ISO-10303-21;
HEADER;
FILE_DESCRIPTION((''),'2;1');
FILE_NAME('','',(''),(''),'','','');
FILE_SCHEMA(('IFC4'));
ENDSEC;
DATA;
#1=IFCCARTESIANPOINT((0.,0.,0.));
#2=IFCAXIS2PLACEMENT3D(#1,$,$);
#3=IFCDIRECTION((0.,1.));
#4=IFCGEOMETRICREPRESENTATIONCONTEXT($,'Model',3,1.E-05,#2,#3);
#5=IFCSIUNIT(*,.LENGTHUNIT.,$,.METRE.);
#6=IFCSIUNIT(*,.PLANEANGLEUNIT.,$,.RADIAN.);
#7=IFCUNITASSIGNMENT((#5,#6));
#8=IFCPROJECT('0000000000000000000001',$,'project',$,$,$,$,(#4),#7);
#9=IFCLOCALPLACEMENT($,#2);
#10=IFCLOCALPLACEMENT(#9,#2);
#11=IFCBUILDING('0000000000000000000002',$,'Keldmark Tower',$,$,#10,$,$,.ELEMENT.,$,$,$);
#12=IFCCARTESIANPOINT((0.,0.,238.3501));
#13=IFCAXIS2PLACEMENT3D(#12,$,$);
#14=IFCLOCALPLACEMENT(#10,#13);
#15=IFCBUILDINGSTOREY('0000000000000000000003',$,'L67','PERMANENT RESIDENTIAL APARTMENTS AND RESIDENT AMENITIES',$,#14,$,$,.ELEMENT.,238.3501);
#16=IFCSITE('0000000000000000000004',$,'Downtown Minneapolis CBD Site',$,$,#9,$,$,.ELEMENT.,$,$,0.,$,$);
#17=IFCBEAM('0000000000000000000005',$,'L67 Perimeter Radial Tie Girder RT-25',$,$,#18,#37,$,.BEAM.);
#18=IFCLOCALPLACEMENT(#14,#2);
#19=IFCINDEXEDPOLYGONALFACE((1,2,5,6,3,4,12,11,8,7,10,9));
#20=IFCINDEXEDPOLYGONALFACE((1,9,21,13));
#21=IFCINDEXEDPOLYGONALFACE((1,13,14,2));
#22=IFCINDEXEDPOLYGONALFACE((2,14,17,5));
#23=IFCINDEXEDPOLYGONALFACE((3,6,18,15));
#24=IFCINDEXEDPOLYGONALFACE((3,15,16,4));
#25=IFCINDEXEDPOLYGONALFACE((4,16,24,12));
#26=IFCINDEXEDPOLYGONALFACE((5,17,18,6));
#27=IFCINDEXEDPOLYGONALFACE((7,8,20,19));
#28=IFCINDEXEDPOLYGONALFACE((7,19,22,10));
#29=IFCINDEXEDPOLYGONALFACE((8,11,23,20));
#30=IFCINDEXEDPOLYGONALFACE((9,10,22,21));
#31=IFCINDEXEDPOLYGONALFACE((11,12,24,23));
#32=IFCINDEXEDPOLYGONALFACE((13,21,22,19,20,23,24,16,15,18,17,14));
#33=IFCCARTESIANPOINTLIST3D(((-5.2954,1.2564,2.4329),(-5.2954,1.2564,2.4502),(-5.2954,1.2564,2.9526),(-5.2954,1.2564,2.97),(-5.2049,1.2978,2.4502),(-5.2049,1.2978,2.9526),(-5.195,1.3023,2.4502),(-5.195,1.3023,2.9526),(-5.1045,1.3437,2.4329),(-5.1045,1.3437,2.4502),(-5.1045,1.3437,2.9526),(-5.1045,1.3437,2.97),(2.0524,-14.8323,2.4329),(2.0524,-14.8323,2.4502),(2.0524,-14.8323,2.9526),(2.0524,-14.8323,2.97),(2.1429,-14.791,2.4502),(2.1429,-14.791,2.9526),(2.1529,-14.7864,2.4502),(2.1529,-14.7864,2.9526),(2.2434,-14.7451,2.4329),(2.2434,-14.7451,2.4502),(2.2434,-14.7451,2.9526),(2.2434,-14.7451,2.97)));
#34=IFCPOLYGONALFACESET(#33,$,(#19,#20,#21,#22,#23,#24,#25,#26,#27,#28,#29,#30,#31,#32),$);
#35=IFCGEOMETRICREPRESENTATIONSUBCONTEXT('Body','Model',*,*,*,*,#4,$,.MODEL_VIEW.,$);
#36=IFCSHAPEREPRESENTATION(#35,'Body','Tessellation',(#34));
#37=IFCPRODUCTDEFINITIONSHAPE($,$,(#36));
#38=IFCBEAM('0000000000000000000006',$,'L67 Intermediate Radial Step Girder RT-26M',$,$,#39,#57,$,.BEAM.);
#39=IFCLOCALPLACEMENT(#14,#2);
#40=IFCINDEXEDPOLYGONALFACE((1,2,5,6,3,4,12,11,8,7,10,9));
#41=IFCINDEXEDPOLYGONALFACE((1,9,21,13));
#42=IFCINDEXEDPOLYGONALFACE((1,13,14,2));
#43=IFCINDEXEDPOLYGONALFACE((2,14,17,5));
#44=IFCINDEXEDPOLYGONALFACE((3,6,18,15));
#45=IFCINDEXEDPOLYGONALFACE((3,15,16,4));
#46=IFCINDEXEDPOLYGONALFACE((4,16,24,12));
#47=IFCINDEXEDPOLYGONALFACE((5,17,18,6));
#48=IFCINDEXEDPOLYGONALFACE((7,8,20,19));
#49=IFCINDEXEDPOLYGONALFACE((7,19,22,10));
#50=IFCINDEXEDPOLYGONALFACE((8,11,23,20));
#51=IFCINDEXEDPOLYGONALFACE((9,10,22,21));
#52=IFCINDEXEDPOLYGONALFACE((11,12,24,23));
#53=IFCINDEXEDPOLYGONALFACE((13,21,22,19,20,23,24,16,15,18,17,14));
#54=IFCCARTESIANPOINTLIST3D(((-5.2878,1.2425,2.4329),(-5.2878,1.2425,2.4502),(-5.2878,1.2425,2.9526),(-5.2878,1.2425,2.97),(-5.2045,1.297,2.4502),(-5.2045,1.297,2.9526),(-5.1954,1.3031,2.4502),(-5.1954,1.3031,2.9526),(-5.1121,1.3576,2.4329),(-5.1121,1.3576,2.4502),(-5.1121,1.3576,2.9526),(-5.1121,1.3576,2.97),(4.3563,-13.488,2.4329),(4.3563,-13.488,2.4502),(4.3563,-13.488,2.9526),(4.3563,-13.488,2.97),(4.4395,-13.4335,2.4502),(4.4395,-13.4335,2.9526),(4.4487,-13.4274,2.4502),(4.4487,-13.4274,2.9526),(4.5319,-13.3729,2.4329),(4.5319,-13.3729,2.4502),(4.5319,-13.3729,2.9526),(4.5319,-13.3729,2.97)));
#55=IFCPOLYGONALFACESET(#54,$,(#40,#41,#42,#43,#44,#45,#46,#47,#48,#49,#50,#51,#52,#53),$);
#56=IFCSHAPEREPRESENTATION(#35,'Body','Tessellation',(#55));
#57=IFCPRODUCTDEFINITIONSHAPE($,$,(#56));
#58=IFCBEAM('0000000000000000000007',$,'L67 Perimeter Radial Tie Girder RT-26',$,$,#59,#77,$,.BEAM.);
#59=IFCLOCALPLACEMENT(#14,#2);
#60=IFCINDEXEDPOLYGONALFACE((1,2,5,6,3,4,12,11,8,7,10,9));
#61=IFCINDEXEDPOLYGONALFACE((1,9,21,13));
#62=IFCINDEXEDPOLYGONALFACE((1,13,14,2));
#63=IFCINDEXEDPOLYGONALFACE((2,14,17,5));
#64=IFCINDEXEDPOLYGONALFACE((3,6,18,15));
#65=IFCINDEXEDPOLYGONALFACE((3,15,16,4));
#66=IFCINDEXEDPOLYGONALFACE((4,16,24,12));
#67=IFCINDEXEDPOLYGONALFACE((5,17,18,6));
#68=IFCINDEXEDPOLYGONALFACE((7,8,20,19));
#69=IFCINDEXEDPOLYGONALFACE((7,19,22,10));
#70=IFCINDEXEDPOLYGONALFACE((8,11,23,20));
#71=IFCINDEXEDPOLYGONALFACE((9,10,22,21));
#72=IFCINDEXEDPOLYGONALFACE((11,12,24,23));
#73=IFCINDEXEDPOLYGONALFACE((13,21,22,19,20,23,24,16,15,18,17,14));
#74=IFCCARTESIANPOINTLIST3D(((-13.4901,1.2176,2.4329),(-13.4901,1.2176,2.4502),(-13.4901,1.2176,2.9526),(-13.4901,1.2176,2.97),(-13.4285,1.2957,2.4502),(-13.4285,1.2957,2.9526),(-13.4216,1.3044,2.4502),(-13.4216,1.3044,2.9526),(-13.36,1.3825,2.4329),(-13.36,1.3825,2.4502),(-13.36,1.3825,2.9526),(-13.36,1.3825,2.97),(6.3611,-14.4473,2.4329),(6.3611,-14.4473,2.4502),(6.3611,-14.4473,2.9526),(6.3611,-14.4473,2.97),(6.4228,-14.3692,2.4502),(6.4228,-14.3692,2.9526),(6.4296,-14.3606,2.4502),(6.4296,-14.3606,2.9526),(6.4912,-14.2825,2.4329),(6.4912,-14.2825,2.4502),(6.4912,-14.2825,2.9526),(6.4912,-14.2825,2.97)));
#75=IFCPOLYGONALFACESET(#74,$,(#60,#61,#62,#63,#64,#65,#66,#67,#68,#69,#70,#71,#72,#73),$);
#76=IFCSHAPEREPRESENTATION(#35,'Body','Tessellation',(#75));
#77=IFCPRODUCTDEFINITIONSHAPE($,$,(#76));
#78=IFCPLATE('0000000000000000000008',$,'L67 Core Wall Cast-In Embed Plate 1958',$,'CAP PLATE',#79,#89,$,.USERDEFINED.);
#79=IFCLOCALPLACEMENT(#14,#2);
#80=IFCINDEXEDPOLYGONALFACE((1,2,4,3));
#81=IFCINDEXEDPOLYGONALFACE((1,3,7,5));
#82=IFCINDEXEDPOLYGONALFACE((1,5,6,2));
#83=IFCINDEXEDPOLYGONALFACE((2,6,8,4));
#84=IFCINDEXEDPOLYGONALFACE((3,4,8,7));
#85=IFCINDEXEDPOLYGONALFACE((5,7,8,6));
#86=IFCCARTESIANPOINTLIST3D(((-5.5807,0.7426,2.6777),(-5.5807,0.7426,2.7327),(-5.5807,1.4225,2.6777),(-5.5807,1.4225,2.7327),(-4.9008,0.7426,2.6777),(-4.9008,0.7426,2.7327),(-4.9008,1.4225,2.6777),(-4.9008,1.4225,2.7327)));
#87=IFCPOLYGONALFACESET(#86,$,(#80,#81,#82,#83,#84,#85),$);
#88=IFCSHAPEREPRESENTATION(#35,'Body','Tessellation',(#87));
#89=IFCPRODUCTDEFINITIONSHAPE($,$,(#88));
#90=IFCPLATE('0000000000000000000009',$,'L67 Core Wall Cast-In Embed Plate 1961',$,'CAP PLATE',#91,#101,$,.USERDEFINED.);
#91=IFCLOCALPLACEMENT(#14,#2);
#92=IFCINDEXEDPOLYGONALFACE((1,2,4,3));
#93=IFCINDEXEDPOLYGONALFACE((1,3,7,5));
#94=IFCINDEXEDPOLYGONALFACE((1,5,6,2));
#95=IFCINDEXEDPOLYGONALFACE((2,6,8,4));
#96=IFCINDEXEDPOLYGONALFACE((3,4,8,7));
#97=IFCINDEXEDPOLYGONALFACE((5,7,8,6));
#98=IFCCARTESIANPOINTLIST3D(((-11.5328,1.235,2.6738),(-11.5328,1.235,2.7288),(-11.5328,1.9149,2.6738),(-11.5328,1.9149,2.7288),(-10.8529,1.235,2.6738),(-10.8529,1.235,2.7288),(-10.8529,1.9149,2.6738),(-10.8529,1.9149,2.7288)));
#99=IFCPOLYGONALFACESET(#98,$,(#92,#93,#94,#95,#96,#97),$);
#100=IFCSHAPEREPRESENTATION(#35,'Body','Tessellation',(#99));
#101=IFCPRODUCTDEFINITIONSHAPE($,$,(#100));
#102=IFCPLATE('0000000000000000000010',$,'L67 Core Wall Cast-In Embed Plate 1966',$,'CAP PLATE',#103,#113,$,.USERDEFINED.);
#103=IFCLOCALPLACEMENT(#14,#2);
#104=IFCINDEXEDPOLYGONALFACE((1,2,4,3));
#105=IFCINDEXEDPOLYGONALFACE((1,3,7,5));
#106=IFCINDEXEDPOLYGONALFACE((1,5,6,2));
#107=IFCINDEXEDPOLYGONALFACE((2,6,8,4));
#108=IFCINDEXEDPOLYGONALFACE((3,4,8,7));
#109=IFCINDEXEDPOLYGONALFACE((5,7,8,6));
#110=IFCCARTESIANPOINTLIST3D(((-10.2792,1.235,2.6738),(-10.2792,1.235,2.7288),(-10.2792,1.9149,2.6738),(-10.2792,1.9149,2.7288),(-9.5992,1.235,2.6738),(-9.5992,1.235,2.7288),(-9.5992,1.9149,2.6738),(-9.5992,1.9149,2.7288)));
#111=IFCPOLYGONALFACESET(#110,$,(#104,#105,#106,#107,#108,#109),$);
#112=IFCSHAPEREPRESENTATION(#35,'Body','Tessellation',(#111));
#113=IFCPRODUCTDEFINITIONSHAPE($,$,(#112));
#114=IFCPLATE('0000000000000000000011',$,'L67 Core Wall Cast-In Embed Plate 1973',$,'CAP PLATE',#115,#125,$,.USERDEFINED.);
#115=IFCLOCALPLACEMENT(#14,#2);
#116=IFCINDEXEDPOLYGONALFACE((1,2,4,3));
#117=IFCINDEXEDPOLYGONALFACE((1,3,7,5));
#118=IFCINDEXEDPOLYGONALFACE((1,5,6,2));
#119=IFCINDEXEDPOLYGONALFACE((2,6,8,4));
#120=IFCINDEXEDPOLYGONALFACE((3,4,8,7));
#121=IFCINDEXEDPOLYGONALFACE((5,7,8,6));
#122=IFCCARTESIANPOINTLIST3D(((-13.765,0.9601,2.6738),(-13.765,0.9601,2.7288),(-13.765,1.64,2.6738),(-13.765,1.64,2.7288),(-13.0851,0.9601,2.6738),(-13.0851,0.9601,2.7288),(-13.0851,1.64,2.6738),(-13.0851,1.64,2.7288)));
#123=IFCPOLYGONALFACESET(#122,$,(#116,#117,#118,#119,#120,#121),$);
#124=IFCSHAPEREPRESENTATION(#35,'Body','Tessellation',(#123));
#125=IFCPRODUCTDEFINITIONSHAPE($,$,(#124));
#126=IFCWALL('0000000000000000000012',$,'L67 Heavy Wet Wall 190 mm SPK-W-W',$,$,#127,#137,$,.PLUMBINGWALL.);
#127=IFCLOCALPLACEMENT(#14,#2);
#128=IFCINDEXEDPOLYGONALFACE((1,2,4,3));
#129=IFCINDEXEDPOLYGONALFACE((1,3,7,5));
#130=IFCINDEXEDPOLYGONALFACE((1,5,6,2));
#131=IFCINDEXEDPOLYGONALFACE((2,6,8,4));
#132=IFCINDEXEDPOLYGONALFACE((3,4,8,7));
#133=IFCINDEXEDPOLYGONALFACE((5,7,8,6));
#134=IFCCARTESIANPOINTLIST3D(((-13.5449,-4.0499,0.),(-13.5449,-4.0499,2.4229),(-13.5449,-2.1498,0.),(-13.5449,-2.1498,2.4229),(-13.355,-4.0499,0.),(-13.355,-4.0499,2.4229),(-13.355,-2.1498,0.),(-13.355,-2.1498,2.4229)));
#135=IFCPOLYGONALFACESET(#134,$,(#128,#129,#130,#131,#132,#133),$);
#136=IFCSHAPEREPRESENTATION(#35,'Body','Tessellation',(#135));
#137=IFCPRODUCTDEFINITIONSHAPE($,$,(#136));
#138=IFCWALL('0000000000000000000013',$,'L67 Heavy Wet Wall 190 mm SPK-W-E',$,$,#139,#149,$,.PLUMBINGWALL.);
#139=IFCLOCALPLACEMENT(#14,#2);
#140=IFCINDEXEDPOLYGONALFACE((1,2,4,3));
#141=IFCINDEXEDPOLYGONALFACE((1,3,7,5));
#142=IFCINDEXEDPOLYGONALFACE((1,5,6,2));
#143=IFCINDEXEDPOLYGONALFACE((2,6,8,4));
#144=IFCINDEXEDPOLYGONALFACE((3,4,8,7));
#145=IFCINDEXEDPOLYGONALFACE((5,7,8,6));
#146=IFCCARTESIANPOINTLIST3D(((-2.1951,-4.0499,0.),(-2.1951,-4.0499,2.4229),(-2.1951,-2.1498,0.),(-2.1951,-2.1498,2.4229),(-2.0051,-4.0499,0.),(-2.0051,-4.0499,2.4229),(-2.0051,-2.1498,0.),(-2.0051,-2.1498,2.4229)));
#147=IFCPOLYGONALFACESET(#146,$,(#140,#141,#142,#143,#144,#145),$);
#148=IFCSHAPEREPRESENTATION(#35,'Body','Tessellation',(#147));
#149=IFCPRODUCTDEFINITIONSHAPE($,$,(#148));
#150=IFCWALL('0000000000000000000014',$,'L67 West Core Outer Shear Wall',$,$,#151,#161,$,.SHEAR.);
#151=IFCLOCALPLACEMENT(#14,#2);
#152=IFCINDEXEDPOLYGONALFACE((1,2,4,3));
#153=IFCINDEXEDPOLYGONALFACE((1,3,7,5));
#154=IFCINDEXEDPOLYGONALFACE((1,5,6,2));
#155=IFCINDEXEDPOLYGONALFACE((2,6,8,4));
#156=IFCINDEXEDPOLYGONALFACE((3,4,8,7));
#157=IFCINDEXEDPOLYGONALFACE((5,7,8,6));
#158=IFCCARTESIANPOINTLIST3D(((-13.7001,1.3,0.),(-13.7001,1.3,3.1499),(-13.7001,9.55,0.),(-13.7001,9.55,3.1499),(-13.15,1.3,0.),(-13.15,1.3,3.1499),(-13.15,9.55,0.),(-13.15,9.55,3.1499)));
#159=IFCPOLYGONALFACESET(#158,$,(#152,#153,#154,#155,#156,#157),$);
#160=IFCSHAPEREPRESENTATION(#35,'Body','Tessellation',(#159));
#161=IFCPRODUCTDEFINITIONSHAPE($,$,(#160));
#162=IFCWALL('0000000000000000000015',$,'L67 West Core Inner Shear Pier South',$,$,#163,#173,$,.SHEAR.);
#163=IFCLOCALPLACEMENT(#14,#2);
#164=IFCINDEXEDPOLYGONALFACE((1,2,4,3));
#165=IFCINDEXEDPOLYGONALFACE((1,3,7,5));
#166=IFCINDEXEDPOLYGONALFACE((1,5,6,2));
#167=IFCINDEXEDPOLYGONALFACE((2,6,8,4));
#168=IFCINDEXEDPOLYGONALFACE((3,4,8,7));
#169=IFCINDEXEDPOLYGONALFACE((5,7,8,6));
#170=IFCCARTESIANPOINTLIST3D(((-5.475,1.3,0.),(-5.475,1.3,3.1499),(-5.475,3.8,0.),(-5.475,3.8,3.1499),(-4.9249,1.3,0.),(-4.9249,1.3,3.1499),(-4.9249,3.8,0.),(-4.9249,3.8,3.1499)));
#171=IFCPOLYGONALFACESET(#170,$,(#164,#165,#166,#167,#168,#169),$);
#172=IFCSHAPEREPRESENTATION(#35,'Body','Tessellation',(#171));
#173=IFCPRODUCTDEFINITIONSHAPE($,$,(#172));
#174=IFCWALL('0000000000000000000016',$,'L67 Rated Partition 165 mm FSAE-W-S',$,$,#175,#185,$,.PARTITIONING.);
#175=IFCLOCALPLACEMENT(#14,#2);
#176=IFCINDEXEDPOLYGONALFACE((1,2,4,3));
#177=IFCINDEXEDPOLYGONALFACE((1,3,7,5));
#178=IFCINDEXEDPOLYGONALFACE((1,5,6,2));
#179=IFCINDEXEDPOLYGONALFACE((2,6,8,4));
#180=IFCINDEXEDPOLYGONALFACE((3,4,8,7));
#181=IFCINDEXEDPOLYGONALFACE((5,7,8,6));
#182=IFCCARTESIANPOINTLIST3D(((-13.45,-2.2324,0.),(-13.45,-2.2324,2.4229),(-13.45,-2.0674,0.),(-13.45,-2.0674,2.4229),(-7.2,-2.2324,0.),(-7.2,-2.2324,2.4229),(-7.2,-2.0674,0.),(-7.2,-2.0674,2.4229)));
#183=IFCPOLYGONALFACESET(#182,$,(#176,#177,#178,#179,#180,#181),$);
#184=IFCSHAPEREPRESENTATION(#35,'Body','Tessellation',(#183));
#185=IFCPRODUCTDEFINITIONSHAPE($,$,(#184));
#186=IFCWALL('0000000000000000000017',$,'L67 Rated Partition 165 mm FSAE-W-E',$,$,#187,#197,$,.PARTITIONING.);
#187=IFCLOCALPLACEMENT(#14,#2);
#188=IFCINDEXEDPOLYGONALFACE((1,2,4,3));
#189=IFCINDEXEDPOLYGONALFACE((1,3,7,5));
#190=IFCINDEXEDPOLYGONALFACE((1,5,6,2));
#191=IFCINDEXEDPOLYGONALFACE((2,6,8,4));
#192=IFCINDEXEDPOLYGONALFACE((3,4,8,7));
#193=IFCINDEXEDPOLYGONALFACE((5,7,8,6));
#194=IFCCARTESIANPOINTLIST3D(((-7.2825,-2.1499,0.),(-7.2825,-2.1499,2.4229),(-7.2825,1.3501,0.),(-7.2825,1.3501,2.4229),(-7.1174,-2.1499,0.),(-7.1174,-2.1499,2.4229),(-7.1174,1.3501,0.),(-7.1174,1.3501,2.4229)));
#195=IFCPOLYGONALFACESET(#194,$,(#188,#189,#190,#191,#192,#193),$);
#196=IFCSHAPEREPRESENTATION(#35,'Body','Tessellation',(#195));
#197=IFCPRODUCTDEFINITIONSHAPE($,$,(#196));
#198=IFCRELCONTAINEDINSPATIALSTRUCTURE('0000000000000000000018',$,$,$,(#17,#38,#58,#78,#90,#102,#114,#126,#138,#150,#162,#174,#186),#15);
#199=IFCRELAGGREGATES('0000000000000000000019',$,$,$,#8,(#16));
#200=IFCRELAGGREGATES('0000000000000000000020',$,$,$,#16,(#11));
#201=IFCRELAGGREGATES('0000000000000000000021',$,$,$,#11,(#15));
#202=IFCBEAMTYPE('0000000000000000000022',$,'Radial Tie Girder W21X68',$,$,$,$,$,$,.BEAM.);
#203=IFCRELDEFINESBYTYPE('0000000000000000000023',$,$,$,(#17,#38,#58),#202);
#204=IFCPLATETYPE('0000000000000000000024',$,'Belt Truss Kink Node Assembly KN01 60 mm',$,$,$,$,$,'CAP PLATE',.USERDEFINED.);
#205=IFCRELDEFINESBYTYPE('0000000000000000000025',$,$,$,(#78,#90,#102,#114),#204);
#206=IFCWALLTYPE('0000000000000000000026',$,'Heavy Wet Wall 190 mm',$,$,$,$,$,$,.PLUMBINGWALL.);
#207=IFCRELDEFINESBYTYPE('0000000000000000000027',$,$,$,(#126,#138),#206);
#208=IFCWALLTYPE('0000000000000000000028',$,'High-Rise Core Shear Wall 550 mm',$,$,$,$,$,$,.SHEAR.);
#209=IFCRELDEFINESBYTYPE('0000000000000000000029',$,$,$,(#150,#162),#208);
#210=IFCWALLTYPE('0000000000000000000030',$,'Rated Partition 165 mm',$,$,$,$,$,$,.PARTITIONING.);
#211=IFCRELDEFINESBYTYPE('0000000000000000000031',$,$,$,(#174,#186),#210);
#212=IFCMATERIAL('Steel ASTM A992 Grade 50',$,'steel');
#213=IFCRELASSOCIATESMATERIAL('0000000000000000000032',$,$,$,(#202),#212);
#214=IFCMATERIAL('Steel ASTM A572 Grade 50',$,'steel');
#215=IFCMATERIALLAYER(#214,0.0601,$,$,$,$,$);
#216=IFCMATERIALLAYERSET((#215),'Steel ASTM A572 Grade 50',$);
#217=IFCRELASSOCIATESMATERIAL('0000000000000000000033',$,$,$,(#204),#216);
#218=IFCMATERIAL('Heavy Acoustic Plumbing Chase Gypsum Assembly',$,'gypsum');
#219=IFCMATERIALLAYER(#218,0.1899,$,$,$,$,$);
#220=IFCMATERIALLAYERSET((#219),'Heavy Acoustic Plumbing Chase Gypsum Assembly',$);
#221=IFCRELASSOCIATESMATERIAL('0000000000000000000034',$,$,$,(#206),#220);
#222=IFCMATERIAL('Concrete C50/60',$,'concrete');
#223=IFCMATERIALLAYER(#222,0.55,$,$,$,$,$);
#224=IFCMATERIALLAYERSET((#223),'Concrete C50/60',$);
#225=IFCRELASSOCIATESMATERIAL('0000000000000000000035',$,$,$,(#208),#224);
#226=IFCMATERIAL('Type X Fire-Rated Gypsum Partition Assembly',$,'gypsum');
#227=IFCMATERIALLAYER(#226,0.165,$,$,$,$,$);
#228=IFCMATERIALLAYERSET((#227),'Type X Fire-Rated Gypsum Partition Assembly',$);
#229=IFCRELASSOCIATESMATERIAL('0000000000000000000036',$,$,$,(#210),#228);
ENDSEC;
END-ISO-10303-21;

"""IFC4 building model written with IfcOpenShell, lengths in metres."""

from ifc_helpers import new_model, si_unit, direction, frame, frame_2d, origin, origin_2d, place, context, subcontext, project, spatial, rectangle, i_section, extrude, material, layer, layer_set, material_profile, profile_set, type_object, element, save


model = new_model("IFC4")

# Units and contexts
model_context = context("Model", 3, precision=1e-05, world=origin(), true_north=direction((0.0, 1.0)))
body_context = subcontext(model_context, "Body", "Model", "MODEL_VIEW")
ifc_project = project(units=[si_unit("LENGTHUNIT", "METRE"), si_unit("PLANEANGLEUNIT", "RADIAN")], contexts=[model_context])

# Site, building, storey
site_placement = place(None, origin())
site = spatial("IfcSite", under=ifc_project, at=site_placement, Name="Downtown Minneapolis CBD Site", CompositionType="ELEMENT", RefElevation=0.0)
building_placement = place(site_placement, origin())
building = spatial("IfcBuilding", under=site, at=building_placement, Name="Keldmark Tower", CompositionType="ELEMENT")
storey_placement = place(building_placement, frame((0.0, 0.0, 238.3501)))
storey = spatial("IfcBuildingStorey", under=building, at=storey_placement, Name="L67", Description="PERMANENT RESIDENTIAL APARTMENTS AND RESIDENT AMENITIES", CompositionType="ELEMENT", Elevation=238.3501)

# Beams
ifc_material_1 = material(Name="Steel ASTM A992 Grade 50", Category="steel")
ifc_material_profile_1 = material_profile(ifc_material_1, i_section(OverallWidth=0.21, OverallDepth=0.5371, WebThickness=0.011, FlangeThickness=0.0173, at=origin_2d()), Name="W21X68")
ifc_profile_set_1 = profile_set([ifc_material_profile_1], Name="Steel ASTM A992 Grade 50")
beam_type_1 = type_object("IfcBeamType", Name="Radial Tie Girder W21X68", PredefinedType="BEAM", material=ifc_profile_set_1)
beam_1_placement = place(storey_placement, frame((-5.2, 1.3, 2.7014), z_axis=(0.415432, -0.909624, 0.0), x_axis=(0.909624, 0.415432, 0.0)))
element("IfcBeam", 1, at=beam_1_placement, inside=storey, type_object=beam_type_1, Name="L67 Perimeter Radial Tie Girder RT-25", PredefinedType="BEAM", context=body_context, shape_type="SweptSolid", body=[
    extrude(i_section(OverallWidth=0.21, OverallDepth=0.5371, WebThickness=0.011, FlangeThickness=0.0173, at=origin_2d()), origin(), (0.0, 0.0, 1.0), 17.6873),
])
beam_2_placement = place(storey_placement, frame((-5.2, 1.3, 2.7014), z_axis=(0.54775, -0.836642, 0.0), x_axis=(0.836642, 0.54775, 0.0)))
element("IfcBeam", 2, at=beam_2_placement, inside=storey, type_object=beam_type_1, Name="L67 Intermediate Radial Step Girder RT-26M", PredefinedType="BEAM", context=body_context, shape_type="SweptSolid", body=[
    extrude(i_section(OverallWidth=0.21, OverallDepth=0.5371, WebThickness=0.011, FlangeThickness=0.0173, at=origin_2d()), origin(), (0.0, 0.0, 1.0), 17.6067),
])
beam_3_placement = place(storey_placement, frame((-13.425, 1.3, 2.7014), z_axis=(0.785018, -0.619472, 0.0), x_axis=(0.619472, 0.785018, 0.0)))
element("IfcBeam", 3, at=beam_3_placement, inside=storey, type_object=beam_type_1, Name="L67 Perimeter Radial Tie Girder RT-26", PredefinedType="BEAM", context=body_context, shape_type="SweptSolid", body=[
    extrude(i_section(OverallWidth=0.21, OverallDepth=0.5371, WebThickness=0.011, FlangeThickness=0.0173, at=origin_2d()), origin(), (0.0, 0.0, 1.0), 25.2876),
])

# Plates
ifc_material_2 = material(Name="Steel ASTM A572 Grade 50", Category="steel")
ifc_layer_1 = layer(ifc_material_2, 0.0601)
ifc_layer_set_1 = layer_set([ifc_layer_1], Name="Steel ASTM A572 Grade 50")
plate_type = type_object("IfcPlateType", Name="Belt Truss Kink Node Assembly KN01 60 mm", ElementType="CAP PLATE", PredefinedType="USERDEFINED", material=ifc_layer_set_1)
for number, where, z_axis, x_axis, name in (
    (4, (-5.2407, 1.0825, 2.6777), (0.0, 0.0, 1.0), (1.0, 0.0, 0.0), "L67 Core Wall Cast-In Embed Plate 1958"),
    (5, (-11.1929, 1.575, 2.6738), (0.0, 0.0, 1.0), (1.0, 0.0, 0.0), "L67 Core Wall Cast-In Embed Plate 1961"),
    (6, (-9.9392, 1.575, 2.6738), (0.0, 0.0, 1.0), (1.0, 0.0, 0.0), "L67 Core Wall Cast-In Embed Plate 1966"),
    (7, (-13.425, 1.3, 2.6738), (0.0, 0.0, 1.0), (1.0, 0.0, 0.0), "L67 Core Wall Cast-In Embed Plate 1973"),
):
    element("IfcPlate", number, at=place(storey_placement, frame(where, z_axis=z_axis, x_axis=x_axis)), inside=storey, type_object=plate_type, Name=name, ObjectType="CAP PLATE", PredefinedType="USERDEFINED", context=body_context, shape_type="SweptSolid", body=[
        extrude(rectangle(XDim=0.6799, YDim=0.6799, at=origin_2d()), origin(), (0.0, 0.0, 1.0), 0.0549),
    ])

# Walls
ifc_material_3 = material(Name="Heavy Acoustic Plumbing Chase Gypsum Assembly", Category="gypsum")
ifc_layer_2 = layer(ifc_material_3, 0.1899)
ifc_layer_set_2 = layer_set([ifc_layer_2], Name="Heavy Acoustic Plumbing Chase Gypsum Assembly")
wall_type_1 = type_object("IfcWallType", Name="Heavy Wet Wall 190 mm", PredefinedType="PLUMBINGWALL", material=ifc_layer_set_2)
for number, where, z_axis, x_axis, name in (
    (8, (-13.45, -4.05, 0.0), (0.0, 0.0, 1.0), (0.0, 1.0, 0.0), "L67 Heavy Wet Wall 190 mm SPK-W-W"),
    (9, (-2.1001, -4.05, 0.0), (0.0, 0.0, 1.0), (0.0, 1.0, 0.0), "L67 Heavy Wet Wall 190 mm SPK-W-E"),
):
    element("IfcWall", number, at=place(storey_placement, frame(where, z_axis=z_axis, x_axis=x_axis)), inside=storey, type_object=wall_type_1, Name=name, PredefinedType="PLUMBINGWALL", context=body_context, shape_type="SweptSolid", body=[
        extrude(rectangle(XDim=1.9001, YDim=0.1899, at=frame_2d((0.9502, 0.0))), origin(), (0.0, 0.0, 1.0), 2.4229),
    ])
ifc_material_4 = material(Name="Concrete C50/60", Category="concrete")
ifc_layer_3 = layer(ifc_material_4, 0.55)
ifc_layer_set_3 = layer_set([ifc_layer_3], Name="Concrete C50/60")
wall_type_2 = type_object("IfcWallType", Name="High-Rise Core Shear Wall 550 mm", PredefinedType="SHEAR", material=ifc_layer_set_3)
wall_1_placement = place(storey_placement, frame((-13.425, 1.3, 0.0), z_axis=(0.0, 0.0, 1.0), x_axis=(0.0, 1.0, 0.0)))
element("IfcWall", 10, at=wall_1_placement, inside=storey, type_object=wall_type_2, Name="L67 West Core Outer Shear Wall", PredefinedType="SHEAR", context=body_context, shape_type="SweptSolid", body=[
    extrude(rectangle(XDim=8.25, YDim=0.55, at=frame_2d((4.125, 0.0))), origin(), (0.0, 0.0, 1.0), 3.1499),
])
wall_2_placement = place(storey_placement, frame((-5.2, 1.3, 0.0), z_axis=(0.0, 0.0, 1.0), x_axis=(0.0, 1.0, 0.0)))
element("IfcWall", 11, at=wall_2_placement, inside=storey, type_object=wall_type_2, Name="L67 West Core Inner Shear Pier South", PredefinedType="SHEAR", context=body_context, shape_type="SweptSolid", body=[
    extrude(rectangle(XDim=2.5, YDim=0.55, at=frame_2d((1.25, 0.0))), origin(), (0.0, 0.0, 1.0), 3.1499),
])
ifc_material_5 = material(Name="Type X Fire-Rated Gypsum Partition Assembly", Category="gypsum")
ifc_layer_4 = layer(ifc_material_5, 0.165)
ifc_layer_set_4 = layer_set([ifc_layer_4], Name="Type X Fire-Rated Gypsum Partition Assembly")
wall_type_3 = type_object("IfcWallType", Name="Rated Partition 165 mm", PredefinedType="PARTITIONING", material=ifc_layer_set_4)
wall_3_placement = place(storey_placement, frame((-13.45, -2.1499, 0.0), z_axis=(0.0, 0.0, 1.0), x_axis=(1.0, 0.0, 0.0)))
element("IfcWall", 12, at=wall_3_placement, inside=storey, type_object=wall_type_3, Name="L67 Rated Partition 165 mm FSAE-W-S", PredefinedType="PARTITIONING", context=body_context, shape_type="SweptSolid", body=[
    extrude(rectangle(XDim=6.25, YDim=0.165, at=frame_2d((3.125, 0.0))), origin(), (0.0, 0.0, 1.0), 2.4229),
])

# Wall
wall_4_placement = place(storey_placement, frame((-7.2, -2.1499, 0.0), z_axis=(0.0, 0.0, 1.0), x_axis=(0.0, 1.0, 0.0)))
element("IfcWall", 13, at=wall_4_placement, inside=storey, type_object=wall_type_3, Name="L67 Rated Partition 165 mm FSAE-W-E", PredefinedType="PARTITIONING", context=body_context, shape_type="SweptSolid", body=[
    extrude(rectangle(XDim=3.5, YDim=0.165, at=frame_2d((1.75, 0.0))), origin(), (0.0, 0.0, 1.0), 2.4229),
])

save(model, "model.ifc")
